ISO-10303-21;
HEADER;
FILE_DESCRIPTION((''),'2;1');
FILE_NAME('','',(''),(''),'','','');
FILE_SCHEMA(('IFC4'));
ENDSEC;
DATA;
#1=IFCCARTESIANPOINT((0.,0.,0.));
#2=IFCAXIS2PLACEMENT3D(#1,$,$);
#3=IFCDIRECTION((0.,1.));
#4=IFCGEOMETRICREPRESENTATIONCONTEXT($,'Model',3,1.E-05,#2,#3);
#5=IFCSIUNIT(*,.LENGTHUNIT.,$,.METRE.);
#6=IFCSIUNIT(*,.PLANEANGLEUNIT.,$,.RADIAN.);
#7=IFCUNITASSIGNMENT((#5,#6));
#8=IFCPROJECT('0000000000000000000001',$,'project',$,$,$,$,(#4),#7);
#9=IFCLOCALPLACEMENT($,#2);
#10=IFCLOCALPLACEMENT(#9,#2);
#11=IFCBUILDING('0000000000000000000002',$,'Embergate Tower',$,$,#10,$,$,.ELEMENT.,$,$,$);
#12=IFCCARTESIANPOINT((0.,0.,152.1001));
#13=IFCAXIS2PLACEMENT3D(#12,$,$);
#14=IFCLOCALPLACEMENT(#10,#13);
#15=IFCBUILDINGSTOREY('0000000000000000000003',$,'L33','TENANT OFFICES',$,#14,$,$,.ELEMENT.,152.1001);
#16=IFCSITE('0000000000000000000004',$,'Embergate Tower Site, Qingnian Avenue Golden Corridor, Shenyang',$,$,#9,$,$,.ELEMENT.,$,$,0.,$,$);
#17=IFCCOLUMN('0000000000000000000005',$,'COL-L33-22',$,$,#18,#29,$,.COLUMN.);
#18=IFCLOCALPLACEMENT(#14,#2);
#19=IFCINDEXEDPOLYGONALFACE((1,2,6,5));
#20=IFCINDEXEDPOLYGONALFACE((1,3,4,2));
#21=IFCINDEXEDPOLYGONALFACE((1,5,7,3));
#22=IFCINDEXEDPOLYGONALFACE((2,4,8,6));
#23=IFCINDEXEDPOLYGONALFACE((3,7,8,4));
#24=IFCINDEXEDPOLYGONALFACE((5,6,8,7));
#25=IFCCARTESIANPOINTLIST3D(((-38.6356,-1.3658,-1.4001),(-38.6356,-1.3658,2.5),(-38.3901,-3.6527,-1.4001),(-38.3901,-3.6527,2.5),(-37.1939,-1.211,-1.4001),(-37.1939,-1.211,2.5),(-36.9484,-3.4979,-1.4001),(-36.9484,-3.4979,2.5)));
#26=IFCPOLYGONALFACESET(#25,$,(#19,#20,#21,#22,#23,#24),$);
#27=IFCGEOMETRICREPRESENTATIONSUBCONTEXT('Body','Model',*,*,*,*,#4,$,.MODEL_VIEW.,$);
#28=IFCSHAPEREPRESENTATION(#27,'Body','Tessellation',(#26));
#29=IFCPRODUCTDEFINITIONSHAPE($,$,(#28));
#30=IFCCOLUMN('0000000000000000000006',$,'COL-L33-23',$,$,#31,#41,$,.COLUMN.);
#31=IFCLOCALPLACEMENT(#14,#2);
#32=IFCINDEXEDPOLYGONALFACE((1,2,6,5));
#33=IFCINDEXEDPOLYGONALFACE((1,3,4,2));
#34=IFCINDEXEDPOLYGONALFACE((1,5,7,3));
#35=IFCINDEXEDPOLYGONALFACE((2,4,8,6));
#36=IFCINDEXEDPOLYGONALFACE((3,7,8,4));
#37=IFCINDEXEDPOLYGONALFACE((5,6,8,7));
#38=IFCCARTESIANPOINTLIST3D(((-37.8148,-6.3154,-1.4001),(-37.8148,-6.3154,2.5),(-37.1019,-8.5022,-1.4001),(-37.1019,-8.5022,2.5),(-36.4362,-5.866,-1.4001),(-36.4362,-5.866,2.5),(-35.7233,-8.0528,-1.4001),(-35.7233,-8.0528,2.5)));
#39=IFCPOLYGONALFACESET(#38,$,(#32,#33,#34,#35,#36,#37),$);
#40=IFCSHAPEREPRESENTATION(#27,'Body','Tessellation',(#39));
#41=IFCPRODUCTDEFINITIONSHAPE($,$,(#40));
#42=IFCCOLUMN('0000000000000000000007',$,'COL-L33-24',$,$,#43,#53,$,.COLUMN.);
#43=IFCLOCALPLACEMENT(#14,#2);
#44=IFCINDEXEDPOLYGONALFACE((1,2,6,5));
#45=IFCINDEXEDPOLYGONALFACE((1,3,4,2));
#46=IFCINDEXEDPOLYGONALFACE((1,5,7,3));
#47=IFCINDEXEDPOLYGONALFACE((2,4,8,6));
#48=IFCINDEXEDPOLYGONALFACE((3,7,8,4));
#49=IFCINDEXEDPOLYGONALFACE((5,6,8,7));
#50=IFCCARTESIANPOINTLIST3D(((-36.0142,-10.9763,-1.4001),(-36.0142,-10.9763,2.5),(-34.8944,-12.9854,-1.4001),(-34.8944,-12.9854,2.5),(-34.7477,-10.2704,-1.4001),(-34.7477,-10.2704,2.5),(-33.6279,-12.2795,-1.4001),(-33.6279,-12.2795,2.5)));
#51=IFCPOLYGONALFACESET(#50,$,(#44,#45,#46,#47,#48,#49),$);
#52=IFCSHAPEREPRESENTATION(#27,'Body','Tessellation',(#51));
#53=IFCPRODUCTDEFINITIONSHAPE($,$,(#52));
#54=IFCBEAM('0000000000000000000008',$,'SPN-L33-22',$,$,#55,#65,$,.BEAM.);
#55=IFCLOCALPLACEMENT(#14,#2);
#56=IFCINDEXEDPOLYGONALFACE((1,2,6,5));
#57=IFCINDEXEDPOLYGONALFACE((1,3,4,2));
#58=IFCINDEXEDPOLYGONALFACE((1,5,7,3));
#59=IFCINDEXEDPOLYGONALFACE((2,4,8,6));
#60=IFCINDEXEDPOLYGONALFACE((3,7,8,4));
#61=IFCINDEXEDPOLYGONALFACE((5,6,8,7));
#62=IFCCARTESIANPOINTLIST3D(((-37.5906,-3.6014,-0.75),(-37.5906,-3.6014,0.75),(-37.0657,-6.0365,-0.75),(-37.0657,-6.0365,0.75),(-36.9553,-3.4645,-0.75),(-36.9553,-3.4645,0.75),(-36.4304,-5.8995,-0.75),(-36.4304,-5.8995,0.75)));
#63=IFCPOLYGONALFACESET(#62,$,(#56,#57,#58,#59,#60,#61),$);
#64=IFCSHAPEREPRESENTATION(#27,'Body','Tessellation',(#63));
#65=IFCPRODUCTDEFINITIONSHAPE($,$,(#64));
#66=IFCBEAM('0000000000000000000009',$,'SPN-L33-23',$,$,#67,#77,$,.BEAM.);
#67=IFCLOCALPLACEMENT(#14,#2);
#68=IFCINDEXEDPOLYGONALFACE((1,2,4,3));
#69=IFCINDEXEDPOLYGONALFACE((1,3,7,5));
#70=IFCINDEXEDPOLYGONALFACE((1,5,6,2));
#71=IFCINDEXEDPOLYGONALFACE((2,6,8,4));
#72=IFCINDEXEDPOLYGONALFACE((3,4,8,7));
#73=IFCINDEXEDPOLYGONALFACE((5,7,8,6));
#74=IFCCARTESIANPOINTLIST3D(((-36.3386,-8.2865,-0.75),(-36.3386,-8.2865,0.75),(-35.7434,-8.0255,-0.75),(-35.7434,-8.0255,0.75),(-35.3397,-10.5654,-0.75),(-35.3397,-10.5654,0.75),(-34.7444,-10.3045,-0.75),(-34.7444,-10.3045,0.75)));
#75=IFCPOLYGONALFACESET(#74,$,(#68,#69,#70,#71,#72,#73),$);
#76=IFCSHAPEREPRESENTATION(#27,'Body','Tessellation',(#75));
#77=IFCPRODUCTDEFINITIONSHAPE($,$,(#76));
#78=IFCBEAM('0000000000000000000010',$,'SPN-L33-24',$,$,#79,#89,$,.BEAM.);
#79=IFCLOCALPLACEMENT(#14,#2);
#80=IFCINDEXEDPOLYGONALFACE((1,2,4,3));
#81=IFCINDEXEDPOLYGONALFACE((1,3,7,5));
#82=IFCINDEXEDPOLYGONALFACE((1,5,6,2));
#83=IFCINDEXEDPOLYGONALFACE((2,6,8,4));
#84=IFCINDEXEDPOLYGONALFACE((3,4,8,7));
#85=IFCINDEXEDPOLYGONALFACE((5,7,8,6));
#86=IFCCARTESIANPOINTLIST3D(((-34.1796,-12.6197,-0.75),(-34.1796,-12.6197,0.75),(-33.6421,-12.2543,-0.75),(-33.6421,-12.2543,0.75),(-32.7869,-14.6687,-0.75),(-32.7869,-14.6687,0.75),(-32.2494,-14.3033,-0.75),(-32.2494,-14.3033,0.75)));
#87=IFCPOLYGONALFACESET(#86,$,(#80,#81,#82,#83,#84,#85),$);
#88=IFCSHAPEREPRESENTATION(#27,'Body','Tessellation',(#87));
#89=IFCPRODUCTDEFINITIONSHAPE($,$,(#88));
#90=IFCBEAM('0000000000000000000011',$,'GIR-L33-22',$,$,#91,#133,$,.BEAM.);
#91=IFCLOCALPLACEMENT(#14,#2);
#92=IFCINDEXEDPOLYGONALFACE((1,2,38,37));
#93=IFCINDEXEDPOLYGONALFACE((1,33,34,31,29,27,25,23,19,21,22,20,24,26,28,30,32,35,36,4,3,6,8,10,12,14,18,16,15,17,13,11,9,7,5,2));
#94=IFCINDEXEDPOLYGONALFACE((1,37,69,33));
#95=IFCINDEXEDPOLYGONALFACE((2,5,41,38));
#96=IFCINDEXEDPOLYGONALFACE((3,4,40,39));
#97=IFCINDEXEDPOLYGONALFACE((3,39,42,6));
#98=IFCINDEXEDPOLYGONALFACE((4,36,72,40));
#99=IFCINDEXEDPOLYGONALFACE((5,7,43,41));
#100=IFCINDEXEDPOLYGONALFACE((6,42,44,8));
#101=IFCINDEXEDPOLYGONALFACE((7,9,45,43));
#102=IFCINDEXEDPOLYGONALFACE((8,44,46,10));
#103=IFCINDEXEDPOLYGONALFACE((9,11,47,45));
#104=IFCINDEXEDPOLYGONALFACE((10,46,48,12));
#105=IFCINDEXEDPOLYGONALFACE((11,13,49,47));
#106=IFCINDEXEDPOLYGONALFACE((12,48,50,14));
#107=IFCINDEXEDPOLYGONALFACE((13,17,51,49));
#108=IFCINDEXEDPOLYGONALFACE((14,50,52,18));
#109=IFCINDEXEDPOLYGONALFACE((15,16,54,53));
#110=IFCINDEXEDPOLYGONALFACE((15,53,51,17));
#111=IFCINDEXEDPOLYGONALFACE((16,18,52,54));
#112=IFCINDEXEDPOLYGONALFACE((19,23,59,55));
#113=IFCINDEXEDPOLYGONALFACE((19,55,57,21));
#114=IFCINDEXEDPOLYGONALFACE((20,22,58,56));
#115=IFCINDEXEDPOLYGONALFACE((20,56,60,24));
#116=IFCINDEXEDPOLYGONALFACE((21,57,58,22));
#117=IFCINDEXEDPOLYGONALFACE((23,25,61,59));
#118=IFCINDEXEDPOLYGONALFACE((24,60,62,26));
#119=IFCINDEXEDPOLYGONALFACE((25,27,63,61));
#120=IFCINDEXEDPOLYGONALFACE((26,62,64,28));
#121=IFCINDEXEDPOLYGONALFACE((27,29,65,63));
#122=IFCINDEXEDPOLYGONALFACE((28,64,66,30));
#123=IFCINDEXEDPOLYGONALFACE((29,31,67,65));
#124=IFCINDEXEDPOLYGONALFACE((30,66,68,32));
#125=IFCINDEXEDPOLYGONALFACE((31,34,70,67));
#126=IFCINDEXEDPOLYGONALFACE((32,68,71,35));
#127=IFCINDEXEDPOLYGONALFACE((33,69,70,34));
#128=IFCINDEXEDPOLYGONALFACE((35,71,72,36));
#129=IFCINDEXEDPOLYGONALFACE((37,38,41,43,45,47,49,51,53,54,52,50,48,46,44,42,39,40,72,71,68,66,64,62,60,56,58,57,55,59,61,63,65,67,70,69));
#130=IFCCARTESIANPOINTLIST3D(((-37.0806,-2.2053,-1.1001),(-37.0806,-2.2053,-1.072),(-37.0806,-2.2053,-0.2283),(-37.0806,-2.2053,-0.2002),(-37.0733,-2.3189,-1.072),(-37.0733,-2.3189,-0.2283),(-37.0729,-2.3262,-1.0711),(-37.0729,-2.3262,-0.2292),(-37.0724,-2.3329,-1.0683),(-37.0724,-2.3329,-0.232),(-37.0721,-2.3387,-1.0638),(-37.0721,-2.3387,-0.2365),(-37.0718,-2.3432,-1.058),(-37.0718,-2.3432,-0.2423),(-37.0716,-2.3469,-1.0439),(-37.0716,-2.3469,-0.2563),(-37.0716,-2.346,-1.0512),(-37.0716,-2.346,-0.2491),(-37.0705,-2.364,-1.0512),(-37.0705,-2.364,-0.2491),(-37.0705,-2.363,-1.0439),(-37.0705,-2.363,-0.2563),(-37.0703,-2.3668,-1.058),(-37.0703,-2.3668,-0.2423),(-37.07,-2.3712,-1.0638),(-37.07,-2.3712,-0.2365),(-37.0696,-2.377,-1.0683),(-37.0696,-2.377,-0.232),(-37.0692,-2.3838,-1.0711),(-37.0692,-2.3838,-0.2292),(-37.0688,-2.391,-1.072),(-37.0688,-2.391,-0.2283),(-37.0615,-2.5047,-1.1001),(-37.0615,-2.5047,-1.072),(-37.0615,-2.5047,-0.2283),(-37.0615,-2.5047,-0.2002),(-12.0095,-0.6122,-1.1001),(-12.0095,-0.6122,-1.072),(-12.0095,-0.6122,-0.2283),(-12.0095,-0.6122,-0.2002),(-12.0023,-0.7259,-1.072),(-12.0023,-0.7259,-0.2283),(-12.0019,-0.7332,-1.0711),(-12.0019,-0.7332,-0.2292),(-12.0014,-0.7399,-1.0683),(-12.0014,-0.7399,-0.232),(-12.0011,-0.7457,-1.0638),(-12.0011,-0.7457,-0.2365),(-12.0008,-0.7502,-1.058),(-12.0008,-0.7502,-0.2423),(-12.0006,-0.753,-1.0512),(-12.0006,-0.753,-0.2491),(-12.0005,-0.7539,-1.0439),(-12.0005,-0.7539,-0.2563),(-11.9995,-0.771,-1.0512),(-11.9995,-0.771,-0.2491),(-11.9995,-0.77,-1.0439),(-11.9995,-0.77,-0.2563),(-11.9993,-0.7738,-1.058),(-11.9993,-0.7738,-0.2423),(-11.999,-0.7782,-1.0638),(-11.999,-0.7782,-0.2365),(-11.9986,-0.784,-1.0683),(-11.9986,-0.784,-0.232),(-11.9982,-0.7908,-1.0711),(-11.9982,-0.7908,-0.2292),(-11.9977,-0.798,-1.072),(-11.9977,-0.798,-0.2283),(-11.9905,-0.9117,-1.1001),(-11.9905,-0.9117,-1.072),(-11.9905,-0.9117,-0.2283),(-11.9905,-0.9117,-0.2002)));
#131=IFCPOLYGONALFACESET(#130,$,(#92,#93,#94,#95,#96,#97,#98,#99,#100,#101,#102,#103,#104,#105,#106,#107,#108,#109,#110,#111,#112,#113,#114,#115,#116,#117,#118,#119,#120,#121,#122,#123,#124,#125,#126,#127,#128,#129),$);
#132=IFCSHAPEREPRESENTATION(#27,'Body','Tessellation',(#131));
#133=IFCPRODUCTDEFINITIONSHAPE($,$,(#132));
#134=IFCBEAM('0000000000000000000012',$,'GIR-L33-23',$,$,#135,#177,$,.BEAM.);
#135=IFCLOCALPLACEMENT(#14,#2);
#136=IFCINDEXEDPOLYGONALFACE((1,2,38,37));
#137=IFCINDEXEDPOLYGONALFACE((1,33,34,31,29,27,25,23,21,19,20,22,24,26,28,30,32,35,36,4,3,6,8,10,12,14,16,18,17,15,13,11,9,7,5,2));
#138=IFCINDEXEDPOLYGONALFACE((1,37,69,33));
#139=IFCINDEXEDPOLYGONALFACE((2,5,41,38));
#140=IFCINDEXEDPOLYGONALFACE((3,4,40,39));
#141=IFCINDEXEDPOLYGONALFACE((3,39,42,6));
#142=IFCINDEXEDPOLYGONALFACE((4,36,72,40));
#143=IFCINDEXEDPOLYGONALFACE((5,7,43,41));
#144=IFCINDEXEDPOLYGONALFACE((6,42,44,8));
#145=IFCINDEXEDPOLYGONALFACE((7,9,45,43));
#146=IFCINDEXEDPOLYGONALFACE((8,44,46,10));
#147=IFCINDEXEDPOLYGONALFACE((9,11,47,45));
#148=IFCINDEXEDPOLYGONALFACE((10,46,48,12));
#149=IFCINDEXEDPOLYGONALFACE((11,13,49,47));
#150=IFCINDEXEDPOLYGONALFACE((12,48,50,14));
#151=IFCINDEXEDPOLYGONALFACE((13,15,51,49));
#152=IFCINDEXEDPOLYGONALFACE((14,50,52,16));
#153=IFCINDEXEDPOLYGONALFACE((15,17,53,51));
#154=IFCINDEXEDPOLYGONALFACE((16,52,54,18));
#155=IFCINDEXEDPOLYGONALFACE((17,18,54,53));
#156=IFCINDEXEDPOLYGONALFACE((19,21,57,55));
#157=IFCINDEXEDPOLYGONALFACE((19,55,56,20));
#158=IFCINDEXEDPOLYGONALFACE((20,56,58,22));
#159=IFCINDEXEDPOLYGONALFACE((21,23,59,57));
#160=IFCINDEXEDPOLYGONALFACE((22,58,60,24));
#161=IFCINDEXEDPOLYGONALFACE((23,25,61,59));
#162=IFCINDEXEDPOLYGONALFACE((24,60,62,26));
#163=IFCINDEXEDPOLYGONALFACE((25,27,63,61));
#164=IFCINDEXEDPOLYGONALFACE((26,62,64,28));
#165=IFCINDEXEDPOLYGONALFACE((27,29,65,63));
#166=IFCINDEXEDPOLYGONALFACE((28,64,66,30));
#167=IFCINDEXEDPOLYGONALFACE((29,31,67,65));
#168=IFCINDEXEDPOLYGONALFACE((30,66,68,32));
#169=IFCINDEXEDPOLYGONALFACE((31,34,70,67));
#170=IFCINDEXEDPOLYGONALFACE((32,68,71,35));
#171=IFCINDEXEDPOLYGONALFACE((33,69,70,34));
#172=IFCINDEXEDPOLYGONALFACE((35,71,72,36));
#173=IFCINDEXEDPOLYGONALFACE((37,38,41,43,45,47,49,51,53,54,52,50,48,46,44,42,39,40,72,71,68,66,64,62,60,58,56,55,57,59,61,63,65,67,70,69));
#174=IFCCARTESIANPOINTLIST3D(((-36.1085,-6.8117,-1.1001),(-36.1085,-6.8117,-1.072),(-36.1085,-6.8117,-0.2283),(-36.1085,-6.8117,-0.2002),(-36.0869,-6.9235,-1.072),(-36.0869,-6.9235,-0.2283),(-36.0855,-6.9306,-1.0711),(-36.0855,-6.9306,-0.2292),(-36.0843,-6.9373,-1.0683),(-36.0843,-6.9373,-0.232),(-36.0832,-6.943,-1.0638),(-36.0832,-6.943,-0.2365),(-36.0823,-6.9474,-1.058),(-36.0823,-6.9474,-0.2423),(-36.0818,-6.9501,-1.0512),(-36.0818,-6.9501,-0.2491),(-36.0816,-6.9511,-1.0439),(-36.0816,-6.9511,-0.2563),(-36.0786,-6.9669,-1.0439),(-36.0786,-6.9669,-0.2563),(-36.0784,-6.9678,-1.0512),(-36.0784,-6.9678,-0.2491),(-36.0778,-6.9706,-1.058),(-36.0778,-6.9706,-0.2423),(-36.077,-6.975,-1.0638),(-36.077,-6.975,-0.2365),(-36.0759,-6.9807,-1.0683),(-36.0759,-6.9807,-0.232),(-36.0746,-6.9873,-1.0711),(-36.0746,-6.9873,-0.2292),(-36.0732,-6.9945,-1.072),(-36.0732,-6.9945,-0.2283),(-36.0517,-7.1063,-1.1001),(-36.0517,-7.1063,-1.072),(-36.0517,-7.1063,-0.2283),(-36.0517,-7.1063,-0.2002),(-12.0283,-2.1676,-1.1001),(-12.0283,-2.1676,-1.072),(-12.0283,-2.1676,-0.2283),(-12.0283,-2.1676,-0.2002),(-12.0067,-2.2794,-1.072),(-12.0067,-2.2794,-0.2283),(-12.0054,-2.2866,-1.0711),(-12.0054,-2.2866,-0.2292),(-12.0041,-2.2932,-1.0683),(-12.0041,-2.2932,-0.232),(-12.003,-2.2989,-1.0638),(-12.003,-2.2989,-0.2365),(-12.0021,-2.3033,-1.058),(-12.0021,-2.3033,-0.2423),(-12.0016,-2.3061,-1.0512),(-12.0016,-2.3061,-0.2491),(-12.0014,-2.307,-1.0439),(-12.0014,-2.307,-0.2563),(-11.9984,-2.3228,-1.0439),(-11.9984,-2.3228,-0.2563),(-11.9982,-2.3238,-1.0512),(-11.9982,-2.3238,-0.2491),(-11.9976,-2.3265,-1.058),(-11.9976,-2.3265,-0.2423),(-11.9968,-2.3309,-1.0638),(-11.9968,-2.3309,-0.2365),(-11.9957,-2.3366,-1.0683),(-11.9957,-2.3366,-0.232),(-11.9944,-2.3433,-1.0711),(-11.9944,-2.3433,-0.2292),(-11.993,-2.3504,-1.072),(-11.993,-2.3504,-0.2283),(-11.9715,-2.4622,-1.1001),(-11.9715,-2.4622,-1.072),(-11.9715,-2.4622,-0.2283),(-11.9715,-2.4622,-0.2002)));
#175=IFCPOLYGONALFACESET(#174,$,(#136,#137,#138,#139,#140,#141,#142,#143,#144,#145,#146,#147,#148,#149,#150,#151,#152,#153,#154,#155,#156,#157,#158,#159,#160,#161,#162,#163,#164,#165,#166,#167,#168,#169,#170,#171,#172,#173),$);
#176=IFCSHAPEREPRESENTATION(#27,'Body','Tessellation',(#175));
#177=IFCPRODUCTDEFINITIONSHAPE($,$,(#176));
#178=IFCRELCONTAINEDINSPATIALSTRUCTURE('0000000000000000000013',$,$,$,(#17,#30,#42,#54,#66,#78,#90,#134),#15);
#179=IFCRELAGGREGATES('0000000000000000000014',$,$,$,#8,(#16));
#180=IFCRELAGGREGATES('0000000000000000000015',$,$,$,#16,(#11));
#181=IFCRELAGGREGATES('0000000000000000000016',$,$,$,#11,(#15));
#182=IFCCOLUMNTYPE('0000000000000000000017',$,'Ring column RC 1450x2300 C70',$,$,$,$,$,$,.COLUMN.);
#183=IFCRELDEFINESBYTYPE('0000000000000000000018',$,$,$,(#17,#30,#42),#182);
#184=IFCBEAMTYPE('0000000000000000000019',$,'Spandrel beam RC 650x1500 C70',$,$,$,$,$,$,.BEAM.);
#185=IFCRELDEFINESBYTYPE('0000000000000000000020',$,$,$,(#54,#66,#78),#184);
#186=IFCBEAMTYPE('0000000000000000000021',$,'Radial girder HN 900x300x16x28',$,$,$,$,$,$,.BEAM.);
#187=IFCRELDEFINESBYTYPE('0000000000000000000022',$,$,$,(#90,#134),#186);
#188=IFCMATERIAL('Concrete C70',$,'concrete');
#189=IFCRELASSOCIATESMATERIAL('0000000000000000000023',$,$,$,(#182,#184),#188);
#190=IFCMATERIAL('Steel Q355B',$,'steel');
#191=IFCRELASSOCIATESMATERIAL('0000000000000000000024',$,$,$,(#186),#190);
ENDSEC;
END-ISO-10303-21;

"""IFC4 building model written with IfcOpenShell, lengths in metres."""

from ifc_helpers import new_model, si_unit, direction, frame, origin, origin_2d, place, context, subcontext, project, spatial, rectangle, i_section, extrude, source, transform, mapped, material, material_profile, profile_set, type_object, element, save


model = new_model("IFC4")

# Units and contexts
model_context = context("Model", 3, precision=1e-05, world=origin(), true_north=direction((0.0, 1.0)))
body_context = subcontext(model_context, "Body", "Model", "MODEL_VIEW")
ifc_project = project(units=[si_unit("LENGTHUNIT", "METRE"), si_unit("PLANEANGLEUNIT", "RADIAN")], contexts=[model_context])

# Site, building, storey
site_placement = place(None, origin())
site = spatial("IfcSite", under=ifc_project, at=site_placement, Name="Embergate Tower Site, Qingnian Avenue Golden Corridor, Shenyang", CompositionType="ELEMENT", RefElevation=0.0)
building_placement = place(site_placement, origin())
building = spatial("IfcBuilding", under=site, at=building_placement, Name="Embergate Tower", CompositionType="ELEMENT")
storey_placement = place(building_placement, frame((0.0, 0.0, 152.1001)))
storey = spatial("IfcBuildingStorey", under=building, at=storey_placement, Name="L33", Description="TENANT OFFICES", CompositionType="ELEMENT", Elevation=152.1001)

# Columns
ifc_material_1 = material(Name="Concrete C70", Category="concrete")
ifc_material_profile_1 = material_profile(ifc_material_1, rectangle(XDim=1.45, YDim=2.3, at=origin_2d()), Name="RC 1450x2300")
ifc_profile_set_1 = profile_set([ifc_material_profile_1], Name="Concrete C70")
column_type = type_object("IfcColumnType", Name="Ring column RC 1450x2300 C70", PredefinedType="COLUMN", material=ifc_profile_set_1)
shared_shape_1 = source(origin(), body_context, "Body", "SweptSolid", [
    extrude(rectangle(XDim=1.45, YDim=2.3, at=origin_2d()), origin(), (0.0, 0.0, 1.0), 3.9001),
])
for number, where, z_axis, x_axis, name in (
    (1, (-37.792, -2.4319, -1.4001), (0.0, 0.0, 1.0), (-0.994286, -0.10675, 0.0), "COL-L33-22"),
    (2, (-36.769, -7.1841, -1.4001), (0.0, 0.0, 1.0), (-0.950754, -0.309946, 0.0), "COL-L33-23"),
    (3, (-34.821, -11.6279, -1.4001), (0.0, 0.0, 1.0), (-0.873492, -0.486839, 0.0), "COL-L33-24"),
):
    element("IfcColumn", number, at=place(storey_placement, frame(where, z_axis=z_axis, x_axis=x_axis)), inside=storey, type_object=column_type, Name=name, PredefinedType="COLUMN", context=body_context, shape_type="MappedRepresentation", body=[
        mapped(shared_shape_1, transform((0.0, 0.0, 0.0))),
    ])

# Beams
ifc_material_profile_2 = material_profile(ifc_material_1, rectangle(XDim=0.6499, YDim=1.5, at=origin_2d()), Name="RC 650x1500")
ifc_profile_set_2 = profile_set([ifc_material_profile_2], Name="Concrete C70")
beam_type_1 = type_object("IfcBeamType", Name="Spandrel beam RC 650x1500 C70", PredefinedType="BEAM", material=ifc_profile_set_2)
shared_shape_2 = source(origin(), body_context, "Body", "SweptSolid", [
    extrude(rectangle(XDim=0.6499, YDim=1.5, at=origin_2d()), origin(), (0.0, 0.0, 1.0), 2.491),
])
beam_1_placement = place(storey_placement, frame((-37.2729, -3.533, 0.0), z_axis=(0.21072, -0.977546, 0.0), x_axis=(0.977546, 0.21072, 0.0)))
element("IfcBeam", 4, at=beam_1_placement, inside=storey, type_object=beam_type_1, Name="SPN-L33-22", PredefinedType="BEAM", context=body_context, shape_type="MappedRepresentation", body=[
    mapped(shared_shape_2, transform((0.0, 0.0, 0.0))),
])
shared_shape_3 = source(origin(), body_context, "Body", "SweptSolid", [
    extrude(rectangle(XDim=0.6499, YDim=1.5, at=origin_2d()), origin(), (0.0, 0.0, 1.0), 2.4883),
])
beam_2_placement = place(storey_placement, frame((-36.041, -8.156, 0.0), z_axis=(0.401472, -0.915871, 0.0), x_axis=(0.915871, 0.401472, 0.0)))
element("IfcBeam", 5, at=beam_2_placement, inside=storey, type_object=beam_type_1, Name="SPN-L33-23", PredefinedType="BEAM", context=body_context, shape_type="MappedRepresentation", body=[
    mapped(shared_shape_3, transform((0.0, 0.0, 0.0))),
])
shared_shape_4 = source(origin(), body_context, "Body", "SweptSolid", [
    extrude(rectangle(XDim=0.6499, YDim=1.5, at=origin_2d()), origin(), (0.0, 0.0, 1.0), 2.4775),
])
beam_3_placement = place(storey_placement, frame((-33.9109, -12.437, 0.0), z_axis=(0.562159, -0.827029, 0.0), x_axis=(0.827029, 0.562159, 0.0)))
element("IfcBeam", 6, at=beam_3_placement, inside=storey, type_object=beam_type_1, Name="SPN-L33-24", PredefinedType="BEAM", context=body_context, shape_type="MappedRepresentation", body=[
    mapped(shared_shape_4, transform((0.0, 0.0, 0.0))),
])
ifc_material_2 = material(Name="Steel Q355B", Category="steel")
ifc_material_profile_3 = material_profile(ifc_material_2, i_section(OverallWidth=0.3, OverallDepth=0.8999, WebThickness=0.0161, FlangeThickness=0.0281, FilletRadius=0.0281, at=origin_2d()), Name="HN 900x300x16x28")
ifc_profile_set_3 = profile_set([ifc_material_profile_3], Name="Steel Q355 grade B")
beam_type_2 = type_object("IfcBeamType", Name="Radial girder HN 900x300x16x28", PredefinedType="BEAM", material=ifc_profile_set_3)
shared_shape_5 = source(origin(), body_context, "Body", "SweptSolid", [
    extrude(i_section(OverallWidth=0.3, OverallDepth=0.8999, WebThickness=0.0161, FlangeThickness=0.0281, FilletRadius=0.0281, at=origin_2d()), origin(), (0.0, 0.0, 1.0), 25.1216),
])
beam_4_placement = place(storey_placement, frame((-37.071, -2.355, -0.6501), z_axis=(0.997987, 0.063412, 0.0), x_axis=(-0.063412, 0.997987, 0.0)))
element("IfcBeam", 7, at=beam_4_placement, inside=storey, type_object=beam_type_2, Name="GIR-L33-22", PredefinedType="BEAM", context=body_context, shape_type="MappedRepresentation", body=[
    mapped(shared_shape_5, transform((0.0, 0.0, 0.0))),
])
shared_shape_6 = source(origin(), body_context, "Body", "SweptSolid", [
    extrude(i_section(OverallWidth=0.3, OverallDepth=0.8999, WebThickness=0.0161, FlangeThickness=0.0281, FilletRadius=0.0281, at=origin_2d()), origin(), (0.0, 0.0, 1.0), 24.5239),
])
beam_5_placement = place(storey_placement, frame((-36.0801, -6.959, -0.6501), z_axis=(0.981906, 0.189369, 0.0), x_axis=(-0.189369, 0.981906, 0.0)))
element("IfcBeam", 8, at=beam_5_placement, inside=storey, type_object=beam_type_2, Name="GIR-L33-23", PredefinedType="BEAM", context=body_context, shape_type="MappedRepresentation", body=[
    mapped(shared_shape_6, transform((0.0, 0.0, 0.0))),
])

save(model, "model.ifc")
